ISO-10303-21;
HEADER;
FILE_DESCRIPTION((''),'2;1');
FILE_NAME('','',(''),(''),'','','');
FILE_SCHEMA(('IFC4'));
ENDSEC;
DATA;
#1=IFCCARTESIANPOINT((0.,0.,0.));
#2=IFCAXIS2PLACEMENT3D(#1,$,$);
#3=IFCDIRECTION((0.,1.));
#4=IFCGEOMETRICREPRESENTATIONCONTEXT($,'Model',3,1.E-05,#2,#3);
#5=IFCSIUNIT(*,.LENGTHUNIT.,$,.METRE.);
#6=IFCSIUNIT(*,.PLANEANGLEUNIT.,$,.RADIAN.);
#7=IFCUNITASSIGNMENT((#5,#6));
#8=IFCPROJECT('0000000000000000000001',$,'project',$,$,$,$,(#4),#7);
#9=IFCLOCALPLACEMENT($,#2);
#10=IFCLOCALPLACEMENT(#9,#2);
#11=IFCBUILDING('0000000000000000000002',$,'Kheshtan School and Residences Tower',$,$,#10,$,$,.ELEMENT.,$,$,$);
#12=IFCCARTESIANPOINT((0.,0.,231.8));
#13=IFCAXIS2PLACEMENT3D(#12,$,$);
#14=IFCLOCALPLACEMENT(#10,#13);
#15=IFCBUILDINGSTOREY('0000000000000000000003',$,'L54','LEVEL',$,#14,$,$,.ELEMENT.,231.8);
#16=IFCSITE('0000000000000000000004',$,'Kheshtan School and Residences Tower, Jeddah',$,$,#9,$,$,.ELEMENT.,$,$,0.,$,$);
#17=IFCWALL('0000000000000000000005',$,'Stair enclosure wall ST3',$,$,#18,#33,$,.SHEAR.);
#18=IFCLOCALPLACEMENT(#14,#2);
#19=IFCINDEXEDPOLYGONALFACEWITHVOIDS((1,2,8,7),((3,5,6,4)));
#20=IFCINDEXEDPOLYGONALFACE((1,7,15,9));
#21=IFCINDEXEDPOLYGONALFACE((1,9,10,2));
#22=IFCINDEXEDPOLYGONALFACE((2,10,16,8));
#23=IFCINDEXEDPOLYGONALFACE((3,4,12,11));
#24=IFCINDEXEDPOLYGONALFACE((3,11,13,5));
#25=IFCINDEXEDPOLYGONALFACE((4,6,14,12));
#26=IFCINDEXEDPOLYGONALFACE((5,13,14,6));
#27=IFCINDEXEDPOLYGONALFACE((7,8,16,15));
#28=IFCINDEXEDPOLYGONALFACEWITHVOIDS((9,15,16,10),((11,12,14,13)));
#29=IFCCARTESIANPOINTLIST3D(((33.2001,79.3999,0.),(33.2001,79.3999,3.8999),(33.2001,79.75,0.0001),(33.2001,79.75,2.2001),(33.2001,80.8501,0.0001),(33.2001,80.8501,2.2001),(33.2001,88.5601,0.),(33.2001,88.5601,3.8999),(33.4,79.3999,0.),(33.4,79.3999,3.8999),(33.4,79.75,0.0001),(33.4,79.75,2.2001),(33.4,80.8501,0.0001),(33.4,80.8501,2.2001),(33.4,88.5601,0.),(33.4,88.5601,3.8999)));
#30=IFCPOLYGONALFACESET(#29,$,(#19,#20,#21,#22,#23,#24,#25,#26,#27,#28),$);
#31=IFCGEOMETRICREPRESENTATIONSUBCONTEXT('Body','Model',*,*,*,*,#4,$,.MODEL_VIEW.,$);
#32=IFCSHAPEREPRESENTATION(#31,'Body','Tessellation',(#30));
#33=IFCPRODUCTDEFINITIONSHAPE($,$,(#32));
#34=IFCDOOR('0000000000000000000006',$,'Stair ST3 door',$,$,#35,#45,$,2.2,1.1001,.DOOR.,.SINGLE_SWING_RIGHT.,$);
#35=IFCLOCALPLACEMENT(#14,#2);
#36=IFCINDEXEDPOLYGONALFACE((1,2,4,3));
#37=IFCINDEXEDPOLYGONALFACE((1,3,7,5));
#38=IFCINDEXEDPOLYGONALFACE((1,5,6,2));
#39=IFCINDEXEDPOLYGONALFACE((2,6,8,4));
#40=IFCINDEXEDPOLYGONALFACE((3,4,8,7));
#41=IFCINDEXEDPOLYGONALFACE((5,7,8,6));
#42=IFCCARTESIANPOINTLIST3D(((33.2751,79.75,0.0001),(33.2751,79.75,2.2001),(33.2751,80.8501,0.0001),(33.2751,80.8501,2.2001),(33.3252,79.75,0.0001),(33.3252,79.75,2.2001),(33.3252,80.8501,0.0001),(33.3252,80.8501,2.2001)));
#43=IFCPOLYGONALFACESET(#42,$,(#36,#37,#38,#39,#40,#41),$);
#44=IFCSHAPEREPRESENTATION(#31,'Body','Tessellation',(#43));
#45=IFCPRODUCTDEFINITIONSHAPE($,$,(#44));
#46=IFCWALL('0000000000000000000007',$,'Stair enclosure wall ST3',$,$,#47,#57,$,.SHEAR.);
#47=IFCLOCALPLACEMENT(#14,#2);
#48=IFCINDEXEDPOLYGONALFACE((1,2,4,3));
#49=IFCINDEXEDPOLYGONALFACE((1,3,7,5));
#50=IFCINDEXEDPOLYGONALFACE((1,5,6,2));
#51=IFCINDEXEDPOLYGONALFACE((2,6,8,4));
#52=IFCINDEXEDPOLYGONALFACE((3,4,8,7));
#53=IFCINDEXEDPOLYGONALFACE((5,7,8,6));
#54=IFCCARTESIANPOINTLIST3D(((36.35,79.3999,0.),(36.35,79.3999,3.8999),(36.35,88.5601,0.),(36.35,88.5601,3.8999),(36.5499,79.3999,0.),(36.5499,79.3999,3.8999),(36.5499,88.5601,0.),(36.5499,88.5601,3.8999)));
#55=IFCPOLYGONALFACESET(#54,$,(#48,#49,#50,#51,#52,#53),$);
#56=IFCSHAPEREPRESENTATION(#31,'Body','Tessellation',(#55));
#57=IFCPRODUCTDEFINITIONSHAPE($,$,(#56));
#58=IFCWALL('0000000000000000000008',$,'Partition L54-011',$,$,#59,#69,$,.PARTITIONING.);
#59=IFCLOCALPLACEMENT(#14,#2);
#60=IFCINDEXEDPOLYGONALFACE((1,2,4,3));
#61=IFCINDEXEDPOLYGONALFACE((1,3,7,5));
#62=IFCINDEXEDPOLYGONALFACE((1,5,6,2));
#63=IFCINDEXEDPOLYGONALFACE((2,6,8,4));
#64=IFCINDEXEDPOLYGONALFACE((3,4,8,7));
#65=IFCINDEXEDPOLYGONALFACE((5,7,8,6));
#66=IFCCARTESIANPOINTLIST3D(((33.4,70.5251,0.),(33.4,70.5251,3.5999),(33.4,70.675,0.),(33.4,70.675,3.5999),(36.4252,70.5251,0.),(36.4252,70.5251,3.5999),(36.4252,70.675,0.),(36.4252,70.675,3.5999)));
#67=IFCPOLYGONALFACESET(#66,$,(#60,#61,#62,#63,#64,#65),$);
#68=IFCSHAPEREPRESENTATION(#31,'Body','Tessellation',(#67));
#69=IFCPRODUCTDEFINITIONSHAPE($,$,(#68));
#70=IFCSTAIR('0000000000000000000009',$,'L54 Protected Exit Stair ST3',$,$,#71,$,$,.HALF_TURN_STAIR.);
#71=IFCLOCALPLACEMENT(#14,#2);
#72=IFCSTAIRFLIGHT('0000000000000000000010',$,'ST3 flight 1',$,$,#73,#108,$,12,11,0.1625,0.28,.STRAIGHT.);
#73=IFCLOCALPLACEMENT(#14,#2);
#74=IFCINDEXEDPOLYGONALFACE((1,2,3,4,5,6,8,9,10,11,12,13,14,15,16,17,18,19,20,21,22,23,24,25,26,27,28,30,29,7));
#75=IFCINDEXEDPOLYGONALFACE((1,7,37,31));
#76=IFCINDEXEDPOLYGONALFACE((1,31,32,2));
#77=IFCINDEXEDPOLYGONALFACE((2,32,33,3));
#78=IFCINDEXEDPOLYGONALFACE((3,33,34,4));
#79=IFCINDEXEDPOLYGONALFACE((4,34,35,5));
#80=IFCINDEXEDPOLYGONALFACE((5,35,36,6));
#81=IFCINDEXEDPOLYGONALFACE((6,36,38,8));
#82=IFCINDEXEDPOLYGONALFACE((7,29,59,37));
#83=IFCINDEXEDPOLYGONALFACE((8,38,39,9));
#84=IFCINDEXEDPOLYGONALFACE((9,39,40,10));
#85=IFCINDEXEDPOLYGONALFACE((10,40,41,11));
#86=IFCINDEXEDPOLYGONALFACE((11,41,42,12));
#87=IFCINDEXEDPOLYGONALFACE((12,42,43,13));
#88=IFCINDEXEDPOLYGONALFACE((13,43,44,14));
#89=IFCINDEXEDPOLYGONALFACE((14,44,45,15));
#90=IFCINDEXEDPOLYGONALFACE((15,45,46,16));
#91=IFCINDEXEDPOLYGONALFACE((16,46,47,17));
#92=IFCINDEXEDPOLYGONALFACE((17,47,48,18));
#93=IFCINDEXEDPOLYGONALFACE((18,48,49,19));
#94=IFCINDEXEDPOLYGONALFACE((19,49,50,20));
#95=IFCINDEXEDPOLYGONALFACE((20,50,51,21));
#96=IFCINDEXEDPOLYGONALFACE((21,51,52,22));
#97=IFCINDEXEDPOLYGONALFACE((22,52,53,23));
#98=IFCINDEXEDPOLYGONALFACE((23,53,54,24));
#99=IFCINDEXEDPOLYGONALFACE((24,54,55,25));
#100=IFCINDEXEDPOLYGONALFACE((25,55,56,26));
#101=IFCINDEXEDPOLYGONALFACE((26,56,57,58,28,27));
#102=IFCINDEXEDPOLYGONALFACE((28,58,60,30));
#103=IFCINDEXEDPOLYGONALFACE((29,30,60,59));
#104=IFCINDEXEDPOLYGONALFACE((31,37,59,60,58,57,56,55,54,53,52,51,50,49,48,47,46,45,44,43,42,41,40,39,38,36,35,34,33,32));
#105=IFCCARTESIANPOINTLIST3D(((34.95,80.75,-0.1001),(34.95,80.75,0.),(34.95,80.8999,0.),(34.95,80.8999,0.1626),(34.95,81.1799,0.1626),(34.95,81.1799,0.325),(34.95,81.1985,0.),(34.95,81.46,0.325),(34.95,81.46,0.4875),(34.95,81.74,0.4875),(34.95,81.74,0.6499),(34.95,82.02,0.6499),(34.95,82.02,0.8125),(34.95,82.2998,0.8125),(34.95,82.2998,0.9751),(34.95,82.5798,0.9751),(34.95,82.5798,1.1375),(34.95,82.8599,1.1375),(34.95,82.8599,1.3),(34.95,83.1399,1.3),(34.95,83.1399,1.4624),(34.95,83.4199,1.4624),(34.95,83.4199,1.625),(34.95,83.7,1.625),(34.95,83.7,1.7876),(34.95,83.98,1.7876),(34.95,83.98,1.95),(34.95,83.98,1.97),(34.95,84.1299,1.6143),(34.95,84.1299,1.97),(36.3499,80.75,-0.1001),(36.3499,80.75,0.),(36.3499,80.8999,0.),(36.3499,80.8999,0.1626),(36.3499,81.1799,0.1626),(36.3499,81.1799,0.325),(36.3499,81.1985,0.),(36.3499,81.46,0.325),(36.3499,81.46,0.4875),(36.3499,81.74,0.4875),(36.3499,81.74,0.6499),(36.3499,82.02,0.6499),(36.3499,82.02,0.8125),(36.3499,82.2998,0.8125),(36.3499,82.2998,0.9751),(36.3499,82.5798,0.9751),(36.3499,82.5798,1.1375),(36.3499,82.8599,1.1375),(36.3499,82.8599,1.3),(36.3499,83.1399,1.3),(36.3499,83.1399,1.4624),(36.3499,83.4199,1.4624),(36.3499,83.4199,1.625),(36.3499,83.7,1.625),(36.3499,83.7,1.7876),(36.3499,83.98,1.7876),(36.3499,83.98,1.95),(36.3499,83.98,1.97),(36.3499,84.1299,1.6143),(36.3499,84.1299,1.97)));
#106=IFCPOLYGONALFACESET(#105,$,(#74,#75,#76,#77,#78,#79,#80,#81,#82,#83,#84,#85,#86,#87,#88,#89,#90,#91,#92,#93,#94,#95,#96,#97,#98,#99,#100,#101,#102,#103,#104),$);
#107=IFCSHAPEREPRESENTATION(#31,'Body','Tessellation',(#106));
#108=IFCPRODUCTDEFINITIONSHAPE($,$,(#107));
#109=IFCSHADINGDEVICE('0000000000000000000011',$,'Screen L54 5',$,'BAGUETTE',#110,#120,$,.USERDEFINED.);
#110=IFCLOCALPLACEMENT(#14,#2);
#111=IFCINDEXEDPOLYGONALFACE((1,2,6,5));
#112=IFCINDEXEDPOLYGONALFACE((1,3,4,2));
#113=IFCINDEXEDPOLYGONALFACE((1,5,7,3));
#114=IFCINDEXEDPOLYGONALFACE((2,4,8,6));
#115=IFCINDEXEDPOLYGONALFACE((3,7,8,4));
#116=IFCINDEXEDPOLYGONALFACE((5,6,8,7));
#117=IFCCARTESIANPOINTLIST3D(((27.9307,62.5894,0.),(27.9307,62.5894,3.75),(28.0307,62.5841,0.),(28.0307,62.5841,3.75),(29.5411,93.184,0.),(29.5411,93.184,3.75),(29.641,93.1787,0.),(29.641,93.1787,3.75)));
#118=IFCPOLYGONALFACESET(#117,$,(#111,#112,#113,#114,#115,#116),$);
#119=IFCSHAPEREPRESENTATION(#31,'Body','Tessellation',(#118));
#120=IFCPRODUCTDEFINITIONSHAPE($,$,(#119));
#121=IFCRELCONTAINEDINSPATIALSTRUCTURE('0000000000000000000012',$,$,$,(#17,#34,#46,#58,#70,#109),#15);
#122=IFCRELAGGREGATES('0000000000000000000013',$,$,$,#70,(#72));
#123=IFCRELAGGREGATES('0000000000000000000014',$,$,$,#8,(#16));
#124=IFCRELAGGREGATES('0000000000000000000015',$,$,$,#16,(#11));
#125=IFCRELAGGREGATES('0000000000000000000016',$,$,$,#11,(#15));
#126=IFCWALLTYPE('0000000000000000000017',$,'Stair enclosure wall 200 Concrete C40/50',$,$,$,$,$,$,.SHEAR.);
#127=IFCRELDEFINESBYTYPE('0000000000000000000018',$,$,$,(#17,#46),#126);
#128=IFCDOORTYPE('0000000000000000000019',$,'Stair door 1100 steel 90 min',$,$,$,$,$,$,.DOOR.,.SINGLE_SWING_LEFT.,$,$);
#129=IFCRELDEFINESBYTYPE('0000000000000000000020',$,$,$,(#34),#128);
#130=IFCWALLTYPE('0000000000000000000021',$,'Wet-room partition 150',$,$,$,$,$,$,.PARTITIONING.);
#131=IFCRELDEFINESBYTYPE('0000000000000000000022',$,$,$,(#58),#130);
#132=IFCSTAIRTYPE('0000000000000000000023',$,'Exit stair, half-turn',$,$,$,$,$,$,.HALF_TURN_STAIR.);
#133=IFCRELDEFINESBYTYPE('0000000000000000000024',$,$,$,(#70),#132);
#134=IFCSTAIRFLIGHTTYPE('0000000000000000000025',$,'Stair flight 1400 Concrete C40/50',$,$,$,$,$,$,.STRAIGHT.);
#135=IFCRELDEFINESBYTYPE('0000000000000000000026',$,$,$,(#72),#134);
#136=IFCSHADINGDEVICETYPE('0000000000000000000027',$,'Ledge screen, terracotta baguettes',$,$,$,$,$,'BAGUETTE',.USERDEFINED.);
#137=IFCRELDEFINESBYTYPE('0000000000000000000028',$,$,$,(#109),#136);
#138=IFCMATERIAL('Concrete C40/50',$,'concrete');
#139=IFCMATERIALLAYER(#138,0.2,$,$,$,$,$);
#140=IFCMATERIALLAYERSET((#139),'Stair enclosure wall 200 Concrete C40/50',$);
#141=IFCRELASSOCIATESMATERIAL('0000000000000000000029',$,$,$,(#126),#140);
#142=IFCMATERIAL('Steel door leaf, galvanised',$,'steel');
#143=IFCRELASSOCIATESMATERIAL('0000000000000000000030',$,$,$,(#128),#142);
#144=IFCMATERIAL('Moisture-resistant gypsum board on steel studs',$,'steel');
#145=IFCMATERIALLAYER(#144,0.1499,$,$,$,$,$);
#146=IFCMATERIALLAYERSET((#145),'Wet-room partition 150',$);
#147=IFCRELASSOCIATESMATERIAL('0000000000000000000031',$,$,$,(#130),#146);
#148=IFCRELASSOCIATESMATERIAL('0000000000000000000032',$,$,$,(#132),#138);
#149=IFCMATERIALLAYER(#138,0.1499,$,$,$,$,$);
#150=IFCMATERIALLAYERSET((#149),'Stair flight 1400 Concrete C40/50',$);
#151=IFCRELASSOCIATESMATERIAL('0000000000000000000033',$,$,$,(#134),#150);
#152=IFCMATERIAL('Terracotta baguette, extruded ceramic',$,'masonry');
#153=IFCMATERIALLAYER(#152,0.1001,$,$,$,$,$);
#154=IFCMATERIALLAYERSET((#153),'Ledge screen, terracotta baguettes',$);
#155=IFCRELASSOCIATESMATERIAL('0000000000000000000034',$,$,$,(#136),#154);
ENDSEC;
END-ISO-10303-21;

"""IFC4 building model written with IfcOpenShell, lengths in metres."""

from ifc_helpers import new_model, si_unit, direction, frame, frame_2d, origin, origin_2d, place, context, subcontext, project, spatial, polyline, rectangle, outline, extrude, source, transform, mapped, material, layer, layer_set, type_object, element, fill, aggregate, save


model = new_model("IFC4")

# Units and contexts
model_context = context("Model", 3, precision=1e-05, world=origin(), true_north=direction((0.0, 1.0)))
body_context = subcontext(model_context, "Body", "Model", "MODEL_VIEW")
ifc_project = project(units=[si_unit("LENGTHUNIT", "METRE"), si_unit("PLANEANGLEUNIT", "RADIAN")], contexts=[model_context])

# Site, building, storey
site_placement = place(None, origin())
site = spatial("IfcSite", under=ifc_project, at=site_placement, Name="Kheshtan School and Residences Tower, Jeddah", CompositionType="ELEMENT", RefElevation=0.0)
building_placement = place(site_placement, origin())
building = spatial("IfcBuilding", under=site, at=building_placement, Name="Kheshtan School and Residences Tower", CompositionType="ELEMENT")
storey_placement = place(building_placement, frame((0.0, 0.0, 231.8)))
storey = spatial("IfcBuildingStorey", under=building, at=storey_placement, Name="L54", Description="LEVEL", CompositionType="ELEMENT", Elevation=231.8)

# Shared definitions
ifc_material_1 = material(Name="Concrete C40/50", Category="concrete")
ifc_layer_1 = layer(ifc_material_1, 0.2)
ifc_layer_set_1 = layer_set([ifc_layer_1], Name="Stair enclosure wall 200 Concrete C40/50")
wall_type_1 = type_object("IfcWallType", Name="Stair enclosure wall 200 Concrete C40/50", PredefinedType="SHEAR", material=ifc_layer_set_1)

# Wall, opening, door
wall_1_placement = place(storey_placement, frame((33.3, 79.3999, 0.0), z_axis=(0.0, 0.0, 1.0), x_axis=(0.0, 1.0, 0.0)))
wall_1 = element("IfcWall", 1, at=wall_1_placement, inside=storey, type_object=wall_type_1, Name="Stair enclosure wall ST3", PredefinedType="SHEAR", context=body_context, shape_type="SweptSolid", body=[
    extrude(rectangle(XDim=9.1602, YDim=0.2, at=frame_2d((4.5801, 0.0))), origin(), (0.0, 0.0, 1.0), 3.8999),
])
opening_1_placement = place(wall_1_placement, frame((0.3501, 0.0, 0.0)))
opening_1 = element("IfcOpeningElement", 2, at=opening_1_placement, cuts=wall_1, PredefinedType="OPENING", context=body_context, shape_type="SweptSolid", body=[
    extrude(rectangle(XDim=1.1001, YDim=2.2, at=frame_2d((0.55, 1.1001))), frame((0.0, 0.1099, 0.0), z_axis=(0.0, -1.0, 0.0), x_axis=(1.0, 0.0, 0.0)), (0.0, 0.0, 1.0), 0.22),
])
ifc_material_2 = material(Name="Steel door leaf, galvanised", Category="steel")
door_type_1 = type_object("IfcDoorType", Name="Stair door 1100 steel 90 min", OperationType="SINGLE_SWING_LEFT", PredefinedType="DOOR", material=ifc_material_2)
shared_shape_1 = source(origin(), body_context, "Body", "SweptSolid", [
    extrude(rectangle(XDim=1.1001, YDim=2.2, at=frame_2d((0.55, 1.1001))), frame((0.0, 0.0249, 0.0), z_axis=(0.0, -1.0, 0.0), x_axis=(1.0, 0.0, 0.0)), (0.0, 0.0, 1.0), 0.05),
])
door_1_placement = place(opening_1_placement, origin())
door_1 = element("IfcDoor", 3, at=door_1_placement, inside=storey, type_object=door_type_1, Name="Stair ST3 door", OperationType="SINGLE_SWING_RIGHT", OverallHeight=2.2, OverallWidth=1.1001, PredefinedType="DOOR", context=body_context, shape_type="MappedRepresentation", body=[
    mapped(shared_shape_1, transform((0.0, 0.0, 0.0), x_axis=(1.0, 0.0, 0.0), y_axis=(0.0, 1.0, 0.0), z_axis=(0.0, 0.0, 1.0), scale=1.0)),
])
fill(opening_1, door_1)

# Walls
wall_2_placement = place(storey_placement, frame((36.45, 79.3999, 0.0), z_axis=(0.0, 0.0, 1.0), x_axis=(0.0, 1.0, 0.0)))
element("IfcWall", 4, at=wall_2_placement, inside=storey, type_object=wall_type_1, Name="Stair enclosure wall ST3", PredefinedType="SHEAR", context=body_context, shape_type="SweptSolid", body=[
    extrude(rectangle(XDim=9.1602, YDim=0.2, at=frame_2d((4.5801, 0.0))), origin(), (0.0, 0.0, 1.0), 3.8999),
])
ifc_material_3 = material(Name="Moisture-resistant gypsum board on steel studs", Category="steel")
ifc_layer_2 = layer(ifc_material_3, 0.1499)
ifc_layer_set_2 = layer_set([ifc_layer_2], Name="Wet-room partition 150")
wall_type_2 = type_object("IfcWallType", Name="Wet-room partition 150", PredefinedType="PARTITIONING", material=ifc_layer_set_2)
wall_3_placement = place(storey_placement, frame((33.3999, 70.6001, 0.0), z_axis=(0.0, 0.0, 1.0), x_axis=(1.0, 0.0, 0.0)))
element("IfcWall", 5, at=wall_3_placement, inside=storey, type_object=wall_type_2, Name="Partition L54-011", PredefinedType="PARTITIONING", context=body_context, shape_type="SweptSolid", body=[
    extrude(rectangle(XDim=3.0251, YDim=0.1499, at=frame_2d((1.5127, 0.0))), origin(), (0.0, 0.0, 1.0), 3.5999),
])

# Stair, stair flight
stair_type = type_object("IfcStairType", Name="Exit stair, half-turn", PredefinedType="HALF_TURN_STAIR", material=ifc_material_1)
stair_placement = place(storey_placement, origin())
stair = element("IfcStair", 6, at=stair_placement, inside=storey, type_object=stair_type, Name="L54 Protected Exit Stair ST3", PredefinedType="HALF_TURN_STAIR")
ifc_layer_3 = layer(ifc_material_1, 0.1499)
ifc_layer_set_3 = layer_set([ifc_layer_3], Name="Stair flight 1400 Concrete C40/50")
stair_flight_type = type_object("IfcStairFlightType", Name="Stair flight 1400 Concrete C40/50", PredefinedType="STRAIGHT", material=ifc_layer_set_3)
stair_flight_placement = place(storey_placement, frame((35.6499, 80.8999, 0.0), z_axis=(0.0, 0.0, 1.0), x_axis=(0.0, 1.0, 0.0)))
stair_flight = element("IfcStairFlight", 7, at=stair_flight_placement, type_object=stair_flight_type, Name="ST3 flight 1", NumberOfRisers=12, NumberOfTreads=11, PredefinedType="STRAIGHT", RiserHeight=0.1625, TreadLength=0.28, context=body_context, shape_type="SweptSolid", body=[
    extrude(outline(polyline([(-0.1499, -0.1001), (-0.1499, 0.0), (0.0, 0.0), (0.0, 0.1626), (0.28, 0.1626), (0.28, 0.325), (0.5601, 0.325), (0.5601, 0.4875), (0.8401, 0.4875), (0.8401, 0.6499), (1.1201, 0.6499), (1.1201, 0.8125), (1.3999, 0.8125), (1.3999, 0.9751), (1.6799, 0.9751), (1.6799, 1.1375), (1.96, 1.1375), (1.96, 1.3), (2.24, 1.3), (2.24, 1.4624), (2.52, 1.4624), (2.52, 1.625), (2.8, 1.625), (2.8, 1.7876), (3.0801, 1.7876), (3.0801, 1.95), (3.0801, 1.97), (3.23, 1.97), (3.23, 1.6143), (0.2986, 0.0), (-0.1499, -0.1001)])), frame((0.0, 0.7, 0.0), z_axis=(0.0, -1.0, 0.0), x_axis=(1.0, 0.0, 0.0)), (0.0, 0.0, 1.0), 1.3999),
])
aggregate(stair, [stair_flight])

# Shading device
ifc_material_4 = material(Name="Terracotta baguette, extruded ceramic", Category="masonry")
ifc_layer_4 = layer(ifc_material_4, 0.1001)
ifc_layer_set_4 = layer_set([ifc_layer_4], Name="Ledge screen, terracotta baguettes")
shading_device_type = type_object("IfcShadingDeviceType", Name="Ledge screen, terracotta baguettes", ElementType="BAGUETTE", PredefinedType="USERDEFINED", material=ifc_layer_set_4)
shading_device_placement = place(storey_placement, frame((28.7859, 77.884, 0.0), z_axis=(0.0, 0.0, 1.0), x_axis=(0.052563, 0.998618, 0.0)))
element("IfcShadingDevice", 8, at=shading_device_placement, inside=storey, type_object=shading_device_type, Name="Screen L54 5", ObjectType="BAGUETTE", PredefinedType="USERDEFINED", context=body_context, shape_type="SweptSolid", body=[
    extrude(rectangle(XDim=30.637, YDim=0.1001, at=origin_2d()), origin(), (0.0, 0.0, 1.0), 3.75),
])

save(model, "model.ifc")
